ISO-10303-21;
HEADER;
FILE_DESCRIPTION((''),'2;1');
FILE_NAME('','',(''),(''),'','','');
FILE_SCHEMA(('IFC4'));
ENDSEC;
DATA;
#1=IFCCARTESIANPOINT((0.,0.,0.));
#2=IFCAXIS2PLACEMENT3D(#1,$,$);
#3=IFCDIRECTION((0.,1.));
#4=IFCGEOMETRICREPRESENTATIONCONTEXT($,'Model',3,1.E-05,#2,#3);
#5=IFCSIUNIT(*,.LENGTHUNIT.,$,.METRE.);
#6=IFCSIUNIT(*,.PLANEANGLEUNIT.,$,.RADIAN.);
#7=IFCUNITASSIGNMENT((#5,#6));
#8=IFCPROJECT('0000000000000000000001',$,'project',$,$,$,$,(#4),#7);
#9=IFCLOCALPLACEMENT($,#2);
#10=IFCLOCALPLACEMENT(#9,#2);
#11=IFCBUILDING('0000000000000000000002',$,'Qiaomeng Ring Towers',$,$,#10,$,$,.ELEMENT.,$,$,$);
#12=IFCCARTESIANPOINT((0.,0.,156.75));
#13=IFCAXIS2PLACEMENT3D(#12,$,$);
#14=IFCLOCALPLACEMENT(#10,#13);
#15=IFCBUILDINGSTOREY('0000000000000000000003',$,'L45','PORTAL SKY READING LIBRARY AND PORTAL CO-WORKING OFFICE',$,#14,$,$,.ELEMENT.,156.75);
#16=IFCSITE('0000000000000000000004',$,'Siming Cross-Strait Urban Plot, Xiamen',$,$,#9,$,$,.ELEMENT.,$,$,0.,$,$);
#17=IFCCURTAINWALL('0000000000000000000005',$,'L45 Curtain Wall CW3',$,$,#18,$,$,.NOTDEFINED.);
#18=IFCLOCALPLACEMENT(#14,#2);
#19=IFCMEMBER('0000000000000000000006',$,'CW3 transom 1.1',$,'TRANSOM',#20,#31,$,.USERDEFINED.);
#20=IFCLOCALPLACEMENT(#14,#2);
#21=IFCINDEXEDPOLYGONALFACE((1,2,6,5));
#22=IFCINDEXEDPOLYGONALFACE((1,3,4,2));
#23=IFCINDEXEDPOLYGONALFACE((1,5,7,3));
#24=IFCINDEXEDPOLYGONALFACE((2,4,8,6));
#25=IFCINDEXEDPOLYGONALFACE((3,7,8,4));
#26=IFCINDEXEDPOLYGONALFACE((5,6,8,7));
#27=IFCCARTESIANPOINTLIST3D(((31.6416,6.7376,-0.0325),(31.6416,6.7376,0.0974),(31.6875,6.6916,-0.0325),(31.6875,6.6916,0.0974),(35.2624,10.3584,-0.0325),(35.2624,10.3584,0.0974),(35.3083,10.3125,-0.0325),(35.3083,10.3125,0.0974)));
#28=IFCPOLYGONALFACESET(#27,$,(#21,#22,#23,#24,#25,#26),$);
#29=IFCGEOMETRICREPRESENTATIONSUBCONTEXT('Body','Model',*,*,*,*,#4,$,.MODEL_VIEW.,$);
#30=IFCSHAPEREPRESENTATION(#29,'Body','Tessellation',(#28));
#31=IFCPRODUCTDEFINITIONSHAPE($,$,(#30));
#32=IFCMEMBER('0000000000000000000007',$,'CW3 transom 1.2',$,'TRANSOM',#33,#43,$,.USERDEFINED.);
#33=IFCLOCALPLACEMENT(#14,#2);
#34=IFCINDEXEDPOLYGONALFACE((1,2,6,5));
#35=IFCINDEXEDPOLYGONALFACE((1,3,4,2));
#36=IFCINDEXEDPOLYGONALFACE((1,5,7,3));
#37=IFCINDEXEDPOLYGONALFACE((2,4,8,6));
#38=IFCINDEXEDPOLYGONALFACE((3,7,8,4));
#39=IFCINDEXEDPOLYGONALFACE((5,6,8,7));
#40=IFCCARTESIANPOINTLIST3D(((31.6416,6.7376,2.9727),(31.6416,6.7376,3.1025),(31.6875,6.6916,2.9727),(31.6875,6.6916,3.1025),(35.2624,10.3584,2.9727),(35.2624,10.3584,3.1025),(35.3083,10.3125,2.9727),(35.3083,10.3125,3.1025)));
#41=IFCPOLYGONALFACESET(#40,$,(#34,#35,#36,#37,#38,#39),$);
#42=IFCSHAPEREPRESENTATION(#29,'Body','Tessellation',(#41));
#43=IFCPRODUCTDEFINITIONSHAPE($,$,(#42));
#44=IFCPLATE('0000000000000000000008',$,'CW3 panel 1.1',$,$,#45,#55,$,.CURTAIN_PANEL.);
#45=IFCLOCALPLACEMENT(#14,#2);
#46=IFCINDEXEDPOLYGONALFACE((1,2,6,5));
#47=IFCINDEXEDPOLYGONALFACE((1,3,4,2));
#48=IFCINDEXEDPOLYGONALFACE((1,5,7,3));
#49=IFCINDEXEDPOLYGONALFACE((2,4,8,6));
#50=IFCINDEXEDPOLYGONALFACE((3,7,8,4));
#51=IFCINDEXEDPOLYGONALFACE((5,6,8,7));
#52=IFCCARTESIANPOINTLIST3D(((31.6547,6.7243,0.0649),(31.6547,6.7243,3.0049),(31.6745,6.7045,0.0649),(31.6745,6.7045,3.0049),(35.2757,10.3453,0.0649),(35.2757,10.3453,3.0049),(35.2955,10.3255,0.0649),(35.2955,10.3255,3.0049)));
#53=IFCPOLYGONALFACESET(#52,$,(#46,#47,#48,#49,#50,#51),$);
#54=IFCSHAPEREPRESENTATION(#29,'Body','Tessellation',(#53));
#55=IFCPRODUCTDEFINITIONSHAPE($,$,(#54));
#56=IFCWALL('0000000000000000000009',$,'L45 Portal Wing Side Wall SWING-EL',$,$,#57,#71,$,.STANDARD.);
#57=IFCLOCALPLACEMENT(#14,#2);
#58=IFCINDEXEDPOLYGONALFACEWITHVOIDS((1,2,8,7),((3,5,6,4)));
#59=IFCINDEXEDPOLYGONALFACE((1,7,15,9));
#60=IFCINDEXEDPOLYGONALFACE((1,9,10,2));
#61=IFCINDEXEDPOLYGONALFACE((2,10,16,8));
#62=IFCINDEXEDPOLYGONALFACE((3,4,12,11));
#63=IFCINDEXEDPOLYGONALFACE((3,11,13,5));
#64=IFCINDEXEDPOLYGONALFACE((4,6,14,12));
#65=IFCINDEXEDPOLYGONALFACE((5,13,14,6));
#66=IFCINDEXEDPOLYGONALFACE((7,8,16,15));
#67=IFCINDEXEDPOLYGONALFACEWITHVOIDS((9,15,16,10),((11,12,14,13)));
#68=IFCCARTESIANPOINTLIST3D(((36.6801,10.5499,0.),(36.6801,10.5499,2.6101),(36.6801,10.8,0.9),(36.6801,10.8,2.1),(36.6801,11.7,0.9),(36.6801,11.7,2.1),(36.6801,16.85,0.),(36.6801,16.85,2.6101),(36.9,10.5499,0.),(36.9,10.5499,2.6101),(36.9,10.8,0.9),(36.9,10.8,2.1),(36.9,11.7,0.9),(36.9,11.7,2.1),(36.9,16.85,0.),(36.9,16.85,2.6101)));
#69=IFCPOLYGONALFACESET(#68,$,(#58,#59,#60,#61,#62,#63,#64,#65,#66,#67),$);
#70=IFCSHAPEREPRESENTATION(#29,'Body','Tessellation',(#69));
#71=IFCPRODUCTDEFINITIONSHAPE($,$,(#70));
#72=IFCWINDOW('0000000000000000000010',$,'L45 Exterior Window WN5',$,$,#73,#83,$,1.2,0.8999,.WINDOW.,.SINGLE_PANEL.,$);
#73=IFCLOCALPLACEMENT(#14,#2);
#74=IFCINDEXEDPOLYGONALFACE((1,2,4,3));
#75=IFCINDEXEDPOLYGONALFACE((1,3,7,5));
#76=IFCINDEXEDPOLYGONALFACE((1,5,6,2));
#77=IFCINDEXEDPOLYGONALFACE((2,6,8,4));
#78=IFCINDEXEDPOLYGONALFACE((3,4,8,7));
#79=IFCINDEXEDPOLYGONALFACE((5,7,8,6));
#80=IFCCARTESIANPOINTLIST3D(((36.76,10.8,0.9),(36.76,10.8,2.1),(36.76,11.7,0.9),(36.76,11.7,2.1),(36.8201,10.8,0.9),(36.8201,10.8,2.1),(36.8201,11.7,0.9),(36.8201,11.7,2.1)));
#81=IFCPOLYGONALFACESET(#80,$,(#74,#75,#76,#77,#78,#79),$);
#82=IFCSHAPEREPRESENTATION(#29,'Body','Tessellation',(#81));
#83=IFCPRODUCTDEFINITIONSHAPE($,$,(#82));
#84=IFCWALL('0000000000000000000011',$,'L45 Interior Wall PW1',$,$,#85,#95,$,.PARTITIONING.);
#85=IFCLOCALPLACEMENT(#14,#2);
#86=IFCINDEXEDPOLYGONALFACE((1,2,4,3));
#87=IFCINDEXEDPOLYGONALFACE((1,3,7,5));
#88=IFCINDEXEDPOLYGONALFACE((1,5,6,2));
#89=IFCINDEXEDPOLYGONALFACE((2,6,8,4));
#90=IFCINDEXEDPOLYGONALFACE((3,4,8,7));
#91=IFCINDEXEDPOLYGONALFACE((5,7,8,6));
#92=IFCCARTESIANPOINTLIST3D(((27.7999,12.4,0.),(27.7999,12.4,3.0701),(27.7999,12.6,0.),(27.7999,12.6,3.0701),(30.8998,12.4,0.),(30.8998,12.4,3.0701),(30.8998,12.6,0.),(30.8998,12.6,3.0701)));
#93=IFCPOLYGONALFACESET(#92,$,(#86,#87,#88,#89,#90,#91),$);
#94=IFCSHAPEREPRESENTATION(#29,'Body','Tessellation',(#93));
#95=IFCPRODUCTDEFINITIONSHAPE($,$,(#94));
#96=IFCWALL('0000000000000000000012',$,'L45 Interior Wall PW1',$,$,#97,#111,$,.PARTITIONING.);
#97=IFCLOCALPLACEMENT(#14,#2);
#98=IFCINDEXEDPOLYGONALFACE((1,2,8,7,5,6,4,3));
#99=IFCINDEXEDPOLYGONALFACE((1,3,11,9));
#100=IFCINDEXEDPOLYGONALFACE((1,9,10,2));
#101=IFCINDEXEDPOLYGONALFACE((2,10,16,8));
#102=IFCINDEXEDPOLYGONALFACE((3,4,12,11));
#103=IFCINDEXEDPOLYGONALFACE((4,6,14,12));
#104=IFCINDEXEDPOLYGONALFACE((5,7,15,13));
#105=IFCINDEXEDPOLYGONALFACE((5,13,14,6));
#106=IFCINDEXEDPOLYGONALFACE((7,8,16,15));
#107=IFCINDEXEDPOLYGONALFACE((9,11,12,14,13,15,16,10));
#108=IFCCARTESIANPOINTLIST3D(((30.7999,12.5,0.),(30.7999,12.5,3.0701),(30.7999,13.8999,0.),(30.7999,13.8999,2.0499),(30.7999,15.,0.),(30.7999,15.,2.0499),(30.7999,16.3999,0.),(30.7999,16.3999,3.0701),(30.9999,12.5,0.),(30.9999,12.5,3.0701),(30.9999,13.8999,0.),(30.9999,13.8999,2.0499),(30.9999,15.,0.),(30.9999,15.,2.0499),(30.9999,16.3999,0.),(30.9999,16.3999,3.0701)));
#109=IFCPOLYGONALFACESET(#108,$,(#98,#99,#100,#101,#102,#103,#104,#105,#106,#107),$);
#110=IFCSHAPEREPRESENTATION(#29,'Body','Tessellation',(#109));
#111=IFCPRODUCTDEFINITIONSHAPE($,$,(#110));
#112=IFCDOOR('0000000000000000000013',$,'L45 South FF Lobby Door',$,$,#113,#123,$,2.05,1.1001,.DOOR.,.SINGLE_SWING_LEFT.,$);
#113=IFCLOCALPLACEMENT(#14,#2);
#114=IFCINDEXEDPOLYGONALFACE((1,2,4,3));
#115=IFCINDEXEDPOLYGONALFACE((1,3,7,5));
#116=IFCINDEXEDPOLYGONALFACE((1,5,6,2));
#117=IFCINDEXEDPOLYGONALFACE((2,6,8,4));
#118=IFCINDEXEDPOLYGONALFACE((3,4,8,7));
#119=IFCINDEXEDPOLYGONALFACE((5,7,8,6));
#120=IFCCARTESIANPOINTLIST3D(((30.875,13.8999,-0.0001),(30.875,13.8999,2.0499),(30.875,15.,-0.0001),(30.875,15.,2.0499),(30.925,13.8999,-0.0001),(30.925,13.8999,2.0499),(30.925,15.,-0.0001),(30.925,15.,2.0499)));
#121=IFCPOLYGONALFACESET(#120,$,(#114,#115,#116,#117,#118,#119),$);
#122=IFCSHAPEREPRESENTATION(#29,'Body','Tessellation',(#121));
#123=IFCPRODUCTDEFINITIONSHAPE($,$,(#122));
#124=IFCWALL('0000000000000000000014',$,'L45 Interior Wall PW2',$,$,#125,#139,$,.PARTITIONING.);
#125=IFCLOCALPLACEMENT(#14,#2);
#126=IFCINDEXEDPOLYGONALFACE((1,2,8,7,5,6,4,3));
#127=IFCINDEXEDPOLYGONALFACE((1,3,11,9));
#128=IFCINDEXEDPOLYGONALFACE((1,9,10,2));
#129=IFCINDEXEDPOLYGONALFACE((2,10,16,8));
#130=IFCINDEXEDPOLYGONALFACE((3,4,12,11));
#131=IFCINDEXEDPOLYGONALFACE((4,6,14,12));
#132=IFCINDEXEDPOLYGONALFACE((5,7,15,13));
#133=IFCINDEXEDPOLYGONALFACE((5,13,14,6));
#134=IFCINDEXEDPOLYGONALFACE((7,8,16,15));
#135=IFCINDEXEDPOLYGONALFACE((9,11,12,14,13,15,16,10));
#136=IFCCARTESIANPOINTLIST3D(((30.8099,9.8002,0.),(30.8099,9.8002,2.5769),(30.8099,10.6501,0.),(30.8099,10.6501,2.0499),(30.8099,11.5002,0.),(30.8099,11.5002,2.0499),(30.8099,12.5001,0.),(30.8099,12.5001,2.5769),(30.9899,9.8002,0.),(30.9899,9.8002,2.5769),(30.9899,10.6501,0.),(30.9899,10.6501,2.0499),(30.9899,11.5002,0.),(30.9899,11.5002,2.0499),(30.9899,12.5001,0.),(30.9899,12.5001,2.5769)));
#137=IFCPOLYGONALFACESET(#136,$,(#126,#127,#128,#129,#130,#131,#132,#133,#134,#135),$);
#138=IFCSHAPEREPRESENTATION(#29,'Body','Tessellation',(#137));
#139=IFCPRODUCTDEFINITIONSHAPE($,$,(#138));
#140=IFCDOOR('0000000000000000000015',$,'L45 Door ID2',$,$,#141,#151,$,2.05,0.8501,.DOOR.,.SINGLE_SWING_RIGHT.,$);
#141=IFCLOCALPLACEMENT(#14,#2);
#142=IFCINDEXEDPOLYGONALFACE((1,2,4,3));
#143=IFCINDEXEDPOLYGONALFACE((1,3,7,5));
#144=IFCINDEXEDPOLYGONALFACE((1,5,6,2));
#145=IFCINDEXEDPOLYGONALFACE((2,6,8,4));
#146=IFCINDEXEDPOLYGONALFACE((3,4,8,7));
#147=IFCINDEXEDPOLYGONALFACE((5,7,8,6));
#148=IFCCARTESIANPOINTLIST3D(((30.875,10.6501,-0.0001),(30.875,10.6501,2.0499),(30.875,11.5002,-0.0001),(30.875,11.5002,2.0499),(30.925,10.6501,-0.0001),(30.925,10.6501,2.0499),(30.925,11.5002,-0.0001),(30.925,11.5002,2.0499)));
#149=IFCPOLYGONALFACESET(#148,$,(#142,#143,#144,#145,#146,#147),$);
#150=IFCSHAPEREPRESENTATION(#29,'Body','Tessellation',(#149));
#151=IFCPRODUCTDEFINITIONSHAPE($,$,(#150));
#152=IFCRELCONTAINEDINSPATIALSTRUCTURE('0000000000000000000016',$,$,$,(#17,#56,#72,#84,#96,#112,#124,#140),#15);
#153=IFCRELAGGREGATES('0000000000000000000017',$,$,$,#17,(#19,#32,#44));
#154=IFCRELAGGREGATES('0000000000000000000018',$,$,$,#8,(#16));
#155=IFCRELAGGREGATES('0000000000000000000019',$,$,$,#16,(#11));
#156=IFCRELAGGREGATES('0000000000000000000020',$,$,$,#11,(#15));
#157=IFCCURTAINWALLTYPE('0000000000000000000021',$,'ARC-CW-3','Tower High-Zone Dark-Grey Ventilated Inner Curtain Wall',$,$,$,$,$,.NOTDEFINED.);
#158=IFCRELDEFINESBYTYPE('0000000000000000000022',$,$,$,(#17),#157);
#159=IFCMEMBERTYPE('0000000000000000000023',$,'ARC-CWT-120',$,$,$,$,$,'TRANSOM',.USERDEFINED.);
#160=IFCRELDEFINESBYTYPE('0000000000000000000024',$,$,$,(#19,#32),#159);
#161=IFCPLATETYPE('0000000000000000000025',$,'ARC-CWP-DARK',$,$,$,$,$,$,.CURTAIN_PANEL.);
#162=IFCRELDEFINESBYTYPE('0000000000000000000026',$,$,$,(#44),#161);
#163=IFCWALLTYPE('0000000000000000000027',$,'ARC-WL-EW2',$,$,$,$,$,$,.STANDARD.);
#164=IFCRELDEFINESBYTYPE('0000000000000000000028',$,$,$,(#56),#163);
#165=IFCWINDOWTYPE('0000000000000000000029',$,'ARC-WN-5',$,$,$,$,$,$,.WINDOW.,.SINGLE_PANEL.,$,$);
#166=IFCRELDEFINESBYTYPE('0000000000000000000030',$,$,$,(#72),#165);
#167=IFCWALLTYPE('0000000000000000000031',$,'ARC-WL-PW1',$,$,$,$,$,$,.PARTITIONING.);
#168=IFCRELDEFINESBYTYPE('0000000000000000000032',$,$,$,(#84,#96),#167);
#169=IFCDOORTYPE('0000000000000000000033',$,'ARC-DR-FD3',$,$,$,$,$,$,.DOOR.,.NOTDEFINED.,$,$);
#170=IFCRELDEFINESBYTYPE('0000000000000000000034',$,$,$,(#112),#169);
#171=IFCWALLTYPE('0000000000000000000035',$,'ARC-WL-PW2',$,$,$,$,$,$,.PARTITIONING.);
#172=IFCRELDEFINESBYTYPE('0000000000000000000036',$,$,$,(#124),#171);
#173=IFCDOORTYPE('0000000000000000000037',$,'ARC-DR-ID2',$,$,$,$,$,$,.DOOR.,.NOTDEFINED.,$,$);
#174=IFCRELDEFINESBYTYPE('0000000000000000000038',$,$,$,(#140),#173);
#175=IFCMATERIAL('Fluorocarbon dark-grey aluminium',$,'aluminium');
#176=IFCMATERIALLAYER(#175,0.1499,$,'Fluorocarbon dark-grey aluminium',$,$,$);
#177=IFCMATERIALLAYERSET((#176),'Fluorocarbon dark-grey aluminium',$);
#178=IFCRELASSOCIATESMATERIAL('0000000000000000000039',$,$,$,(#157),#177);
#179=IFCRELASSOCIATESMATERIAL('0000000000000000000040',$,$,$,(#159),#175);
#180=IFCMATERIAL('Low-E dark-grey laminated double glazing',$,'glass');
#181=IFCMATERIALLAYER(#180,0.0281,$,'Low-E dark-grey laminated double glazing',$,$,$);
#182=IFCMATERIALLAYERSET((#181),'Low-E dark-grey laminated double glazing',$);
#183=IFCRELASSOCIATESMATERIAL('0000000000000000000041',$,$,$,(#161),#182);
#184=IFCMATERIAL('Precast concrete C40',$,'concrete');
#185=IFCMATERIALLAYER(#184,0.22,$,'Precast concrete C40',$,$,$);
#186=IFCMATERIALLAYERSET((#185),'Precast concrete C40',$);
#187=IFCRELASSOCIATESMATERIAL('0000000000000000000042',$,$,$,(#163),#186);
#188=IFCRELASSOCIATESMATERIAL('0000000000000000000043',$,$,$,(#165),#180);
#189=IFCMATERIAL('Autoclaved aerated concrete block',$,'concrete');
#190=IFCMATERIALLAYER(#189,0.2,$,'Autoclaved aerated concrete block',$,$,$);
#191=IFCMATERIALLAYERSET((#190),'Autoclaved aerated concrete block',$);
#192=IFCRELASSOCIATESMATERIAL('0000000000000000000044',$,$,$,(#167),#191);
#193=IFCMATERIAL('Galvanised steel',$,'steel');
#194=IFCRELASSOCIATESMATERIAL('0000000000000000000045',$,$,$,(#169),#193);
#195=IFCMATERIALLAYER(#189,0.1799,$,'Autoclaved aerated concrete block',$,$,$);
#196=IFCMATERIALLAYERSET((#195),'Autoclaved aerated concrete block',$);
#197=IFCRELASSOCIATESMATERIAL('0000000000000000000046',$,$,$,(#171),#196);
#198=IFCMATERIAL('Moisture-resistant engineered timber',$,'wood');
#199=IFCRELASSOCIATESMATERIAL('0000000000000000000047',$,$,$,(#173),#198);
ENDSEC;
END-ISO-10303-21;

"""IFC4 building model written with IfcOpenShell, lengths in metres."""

from ifc_helpers import new_model, si_unit, direction, frame, frame_2d, origin, origin_2d, place, context, subcontext, project, spatial, rectangle, extrude, source, transform, mapped, material, layer, layer_set, material_profile, profile_set, type_object, element, fill, aggregate, save


model = new_model("IFC4")

# Units and contexts
model_context = context("Model", 3, precision=1e-05, world=origin(), true_north=direction((0.0, 1.0)))
body_context = subcontext(model_context, "Body", "Model", "MODEL_VIEW")
ifc_project = project(units=[si_unit("LENGTHUNIT", "METRE"), si_unit("PLANEANGLEUNIT", "RADIAN")], contexts=[model_context])

# Site, building, storey
site_placement = place(None, origin())
site = spatial("IfcSite", under=ifc_project, at=site_placement, Name="Siming Cross-Strait Urban Plot, Xiamen", CompositionType="ELEMENT", RefElevation=0.0)
building_placement = place(site_placement, origin())
building = spatial("IfcBuilding", under=site, at=building_placement, Name="Qiaomeng Ring Towers", CompositionType="ELEMENT")
storey_placement = place(building_placement, frame((0.0, 0.0, 156.75)))
storey = spatial("IfcBuildingStorey", under=building, at=storey_placement, Name="L45", Description="PORTAL SKY READING LIBRARY AND PORTAL CO-WORKING OFFICE", CompositionType="ELEMENT", Elevation=156.75)

# Curtain wall, members, plate
ifc_material_1 = material(Name="Fluorocarbon dark-grey aluminium", Category="aluminium")
ifc_layer_1 = layer(ifc_material_1, 0.1499, Name="Fluorocarbon dark-grey aluminium")
ifc_layer_set_1 = layer_set([ifc_layer_1], Name="Fluorocarbon dark-grey aluminium")
curtain_wall_type = type_object("IfcCurtainWallType", Name="ARC-CW-3", Description="Tower High-Zone Dark-Grey Ventilated Inner Curtain Wall", PredefinedType="NOTDEFINED", material=ifc_layer_set_1)
curtain_wall_placement = place(storey_placement, origin())
curtain_wall = element("IfcCurtainWall", 1, at=curtain_wall_placement, inside=storey, type_object=curtain_wall_type, Name="L45 Curtain Wall CW3", PredefinedType="NOTDEFINED")
ifc_material_profile_1 = material_profile(ifc_material_1, rectangle(XDim=0.0649, YDim=0.1299, at=origin_2d()), Name="ALU TRAN 65x130")
ifc_profile_set_1 = profile_set([ifc_material_profile_1], Name="Fluorocarbon dark-grey aluminium")
member_type_1 = type_object("IfcMemberType", Name="ARC-CWT-120", ElementType="TRANSOM", PredefinedType="USERDEFINED", material=ifc_profile_set_1)
shared_shape_1 = source(origin(), body_context, "Body", "SweptSolid", [
    extrude(rectangle(XDim=0.0649, YDim=0.1299, at=origin_2d()), origin(), (0.0, 0.0, 1.0), 5.1206),
])
member_1_placement = place(storey_placement, frame((31.6646, 6.7146, 0.0325), z_axis=(0.707107, 0.707107, 0.0), x_axis=(-0.707107, 0.707107, 0.0)))
member_1 = element("IfcMember", 2, at=member_1_placement, type_object=member_type_1, Name="CW3 transom 1.1", ObjectType="TRANSOM", PredefinedType="USERDEFINED", context=body_context, shape_type="MappedRepresentation", body=[
    mapped(shared_shape_1, transform((0.0, 0.0, 0.0), x_axis=(1.0, 0.0, 0.0), y_axis=(0.0, 1.0, 0.0), z_axis=(0.0, 0.0, 1.0), scale=1.0)),
])
member_2_placement = place(storey_placement, frame((31.6646, 6.7146, 3.0376), z_axis=(0.707107, 0.707107, 0.0), x_axis=(-0.707107, 0.707107, 0.0)))
member_2 = element("IfcMember", 3, at=member_2_placement, type_object=member_type_1, Name="CW3 transom 1.2", ObjectType="TRANSOM", PredefinedType="USERDEFINED", context=body_context, shape_type="MappedRepresentation", body=[
    mapped(shared_shape_1, transform((0.0, 0.0, 0.0), x_axis=(1.0, 0.0, 0.0), y_axis=(0.0, 1.0, 0.0), z_axis=(0.0, 0.0, 1.0), scale=1.0)),
])
ifc_material_2 = material(Name="Low-E dark-grey laminated double glazing", Category="glass")
ifc_layer_2 = layer(ifc_material_2, 0.0281, Name="Low-E dark-grey laminated double glazing")
ifc_layer_set_2 = layer_set([ifc_layer_2], Name="Low-E dark-grey laminated double glazing")
plate_type = type_object("IfcPlateType", Name="ARC-CWP-DARK", PredefinedType="CURTAIN_PANEL", material=ifc_layer_set_2)
shared_shape_2 = source(origin(), body_context, "Body", "SweptSolid", [
    extrude(rectangle(XDim=5.1208, YDim=0.0281, at=origin_2d()), origin(), (0.0, 0.0, 1.0), 2.9399),
])
plate_placement = place(storey_placement, frame((33.4751, 8.5249, 0.0649), z_axis=(0.0, 0.0, 1.0), x_axis=(0.707107, 0.707107, 0.0)))
plate = element("IfcPlate", 4, at=plate_placement, type_object=plate_type, Name="CW3 panel 1.1", PredefinedType="CURTAIN_PANEL", context=body_context, shape_type="MappedRepresentation", body=[
    mapped(shared_shape_2, transform((0.0, 0.0, 0.0), x_axis=(1.0, 0.0, 0.0), y_axis=(0.0, 1.0, 0.0), z_axis=(0.0, 0.0, 1.0), scale=1.0)),
])
aggregate(curtain_wall, [member_1, member_2, plate])

# Wall, opening, window
ifc_material_3 = material(Name="Precast concrete C40", Category="concrete")
ifc_layer_3 = layer(ifc_material_3, 0.22, Name="Precast concrete C40")
ifc_layer_set_3 = layer_set([ifc_layer_3], Name="Precast concrete C40")
wall_type_1 = type_object("IfcWallType", Name="ARC-WL-EW2", PredefinedType="STANDARD", material=ifc_layer_set_3)
wall_1_placement = place(storey_placement, frame((36.79, 10.55, 0.0), z_axis=(0.0, 0.0, 1.0), x_axis=(0.0, 1.0, 0.0)))
wall_1 = element("IfcWall", 5, at=wall_1_placement, inside=storey, type_object=wall_type_1, Name="L45 Portal Wing Side Wall SWING-EL", PredefinedType="STANDARD", context=body_context, shape_type="SweptSolid", body=[
    extrude(rectangle(XDim=6.3, YDim=0.22, at=frame_2d((3.1499, 0.0))), origin(), (0.0, 0.0, 1.0), 2.6101),
])
opening_1_placement = place(wall_1_placement, frame((0.25, 0.0, 0.8999)))
opening_1 = element("IfcOpeningElement", 6, at=opening_1_placement, cuts=wall_1, PredefinedType="OPENING", context=body_context, shape_type="SweptSolid", body=[
    extrude(rectangle(XDim=0.8999, YDim=1.2, at=frame_2d((0.45, 0.6001))), frame((0.0, 0.1199, 0.0), z_axis=(0.0, -1.0, 0.0), x_axis=(1.0, 0.0, 0.0)), (0.0, 0.0, 1.0), 0.24),
])
window_type = type_object("IfcWindowType", Name="ARC-WN-5", PartitioningType="SINGLE_PANEL", PredefinedType="WINDOW", material=ifc_material_2)
shared_shape_3 = source(origin(), body_context, "Body", "SweptSolid", [
    extrude(rectangle(XDim=0.8999, YDim=1.2, at=frame_2d((0.45, 0.6001))), frame((0.0, 0.03, 0.0), z_axis=(0.0, -1.0, 0.0), x_axis=(1.0, 0.0, 0.0)), (0.0, 0.0, 1.0), 0.0601),
])
window_placement = place(opening_1_placement, origin())
window = element("IfcWindow", 7, at=window_placement, inside=storey, type_object=window_type, Name="L45 Exterior Window WN5", OverallHeight=1.2, OverallWidth=0.8999, PartitioningType="SINGLE_PANEL", PredefinedType="WINDOW", context=body_context, shape_type="MappedRepresentation", body=[
    mapped(shared_shape_3, transform((0.0, 0.0, 0.0), x_axis=(1.0, 0.0, 0.0), y_axis=(0.0, 1.0, 0.0), z_axis=(0.0, 0.0, 1.0), scale=1.0)),
])
fill(opening_1, window)

# Wall
ifc_material_4 = material(Name="Autoclaved aerated concrete block", Category="concrete")
ifc_layer_4 = layer(ifc_material_4, 0.2, Name="Autoclaved aerated concrete block")
ifc_layer_set_4 = layer_set([ifc_layer_4], Name="Autoclaved aerated concrete block")
wall_type_2 = type_object("IfcWallType", Name="ARC-WL-PW1", PredefinedType="PARTITIONING", material=ifc_layer_set_4)
wall_2_placement = place(storey_placement, frame((27.8, 12.5, 0.0), z_axis=(0.0, 0.0, 1.0), x_axis=(1.0, 0.0, 0.0)))
element("IfcWall", 8, at=wall_2_placement, inside=storey, type_object=wall_type_2, Name="L45 Interior Wall PW1", PredefinedType="PARTITIONING", context=body_context, shape_type="SweptSolid", body=[
    extrude(rectangle(XDim=3.0999, YDim=0.2, at=frame_2d((1.5498, 0.0))), origin(), (0.0, 0.0, 1.0), 3.0701),
])

# Walls, openings, doors
wall_3_placement = place(storey_placement, frame((30.8999, 12.5, 0.0), z_axis=(0.0, 0.0, 1.0), x_axis=(0.0, 1.0, 0.0)))
wall_3 = element("IfcWall", 9, at=wall_3_placement, inside=storey, type_object=wall_type_2, Name="L45 Interior Wall PW1", PredefinedType="PARTITIONING", context=body_context, shape_type="SweptSolid", body=[
    extrude(rectangle(XDim=3.8999, YDim=0.2, at=frame_2d((1.95, 0.0))), origin(), (0.0, 0.0, 1.0), 3.0701),
])
opening_2_placement = place(wall_3_placement, frame((1.3999, 0.0, 0.0)))
opening_2 = element("IfcOpeningElement", 10, at=opening_2_placement, cuts=wall_3, PredefinedType="OPENING", context=body_context, shape_type="SweptSolid", body=[
    extrude(rectangle(XDim=1.1001, YDim=2.05, at=frame_2d((0.55, 1.0249))), frame((0.0, 0.1099, 0.0), z_axis=(0.0, -1.0, 0.0), x_axis=(1.0, 0.0, 0.0)), (0.0, 0.0, 1.0), 0.22),
])
ifc_material_5 = material(Name="Galvanised steel", Category="steel")
door_type_1 = type_object("IfcDoorType", Name="ARC-DR-FD3", OperationType="NOTDEFINED", PredefinedType="DOOR", material=ifc_material_5)
shared_shape_4 = source(origin(), body_context, "Body", "SweptSolid", [
    extrude(rectangle(XDim=1.1001, YDim=2.05, at=frame_2d((0.55, 1.0249))), frame((0.0, 0.0249, 0.0), z_axis=(0.0, -1.0, 0.0), x_axis=(1.0, 0.0, 0.0)), (0.0, 0.0, 1.0), 0.05),
])
door_1_placement = place(opening_2_placement, origin())
door_1 = element("IfcDoor", 11, at=door_1_placement, inside=storey, type_object=door_type_1, Name="L45 South FF Lobby Door", OperationType="SINGLE_SWING_LEFT", OverallHeight=2.05, OverallWidth=1.1001, PredefinedType="DOOR", context=body_context, shape_type="MappedRepresentation", body=[
    mapped(shared_shape_4, transform((0.0, 0.0, 0.0), x_axis=(1.0, 0.0, 0.0), y_axis=(0.0, 1.0, 0.0), z_axis=(0.0, 0.0, 1.0), scale=1.0)),
])
fill(opening_2, door_1)
ifc_layer_5 = layer(ifc_material_4, 0.1799, Name="Autoclaved aerated concrete block")
ifc_layer_set_5 = layer_set([ifc_layer_5], Name="Autoclaved aerated concrete block")
wall_type_3 = type_object("IfcWallType", Name="ARC-WL-PW2", PredefinedType="PARTITIONING", material=ifc_layer_set_5)
wall_4_placement = place(storey_placement, frame((30.8999, 9.8, 0.0), z_axis=(0.0, 0.0, 1.0), x_axis=(0.0, 1.0, 0.0)))
wall_4 = element("IfcWall", 12, at=wall_4_placement, inside=storey, type_object=wall_type_3, Name="L45 Interior Wall PW2", PredefinedType="PARTITIONING", context=body_context, shape_type="SweptSolid", body=[
    extrude(rectangle(XDim=2.7, YDim=0.1799, at=frame_2d((1.3501, 0.0))), origin(), (0.0, 0.0, 1.0), 2.5769),
])
opening_3_placement = place(wall_4_placement, frame((0.8501, 0.0, 0.0)))
opening_3 = element("IfcOpeningElement", 13, at=opening_3_placement, cuts=wall_4, PredefinedType="OPENING", context=body_context, shape_type="SweptSolid", body=[
    extrude(rectangle(XDim=0.8501, YDim=2.05, at=frame_2d((0.425, 1.0249))), frame((0.0, 0.0999, 0.0), z_axis=(0.0, -1.0, 0.0), x_axis=(1.0, 0.0, 0.0)), (0.0, 0.0, 1.0), 0.2),
])
ifc_material_6 = material(Name="Moisture-resistant engineered timber", Category="wood")
door_type_2 = type_object("IfcDoorType", Name="ARC-DR-ID2", OperationType="NOTDEFINED", PredefinedType="DOOR", material=ifc_material_6)
shared_shape_5 = source(origin(), body_context, "Body", "SweptSolid", [
    extrude(rectangle(XDim=0.8501, YDim=2.05, at=frame_2d((0.425, 1.0249))), frame((0.0, 0.0249, 0.0), z_axis=(0.0, -1.0, 0.0), x_axis=(1.0, 0.0, 0.0)), (0.0, 0.0, 1.0), 0.05),
])
door_2_placement = place(opening_3_placement, origin())
door_2 = element("IfcDoor", 14, at=door_2_placement, inside=storey, type_object=door_type_2, Name="L45 Door ID2", OperationType="SINGLE_SWING_RIGHT", OverallHeight=2.05, OverallWidth=0.8501, PredefinedType="DOOR", context=body_context, shape_type="MappedRepresentation", body=[
    mapped(shared_shape_5, transform((0.0, 0.0, 0.0), x_axis=(1.0, 0.0, 0.0), y_axis=(0.0, 1.0, 0.0), z_axis=(0.0, 0.0, 1.0), scale=1.0)),
])
fill(opening_3, door_2)

save(model, "model.ifc")
